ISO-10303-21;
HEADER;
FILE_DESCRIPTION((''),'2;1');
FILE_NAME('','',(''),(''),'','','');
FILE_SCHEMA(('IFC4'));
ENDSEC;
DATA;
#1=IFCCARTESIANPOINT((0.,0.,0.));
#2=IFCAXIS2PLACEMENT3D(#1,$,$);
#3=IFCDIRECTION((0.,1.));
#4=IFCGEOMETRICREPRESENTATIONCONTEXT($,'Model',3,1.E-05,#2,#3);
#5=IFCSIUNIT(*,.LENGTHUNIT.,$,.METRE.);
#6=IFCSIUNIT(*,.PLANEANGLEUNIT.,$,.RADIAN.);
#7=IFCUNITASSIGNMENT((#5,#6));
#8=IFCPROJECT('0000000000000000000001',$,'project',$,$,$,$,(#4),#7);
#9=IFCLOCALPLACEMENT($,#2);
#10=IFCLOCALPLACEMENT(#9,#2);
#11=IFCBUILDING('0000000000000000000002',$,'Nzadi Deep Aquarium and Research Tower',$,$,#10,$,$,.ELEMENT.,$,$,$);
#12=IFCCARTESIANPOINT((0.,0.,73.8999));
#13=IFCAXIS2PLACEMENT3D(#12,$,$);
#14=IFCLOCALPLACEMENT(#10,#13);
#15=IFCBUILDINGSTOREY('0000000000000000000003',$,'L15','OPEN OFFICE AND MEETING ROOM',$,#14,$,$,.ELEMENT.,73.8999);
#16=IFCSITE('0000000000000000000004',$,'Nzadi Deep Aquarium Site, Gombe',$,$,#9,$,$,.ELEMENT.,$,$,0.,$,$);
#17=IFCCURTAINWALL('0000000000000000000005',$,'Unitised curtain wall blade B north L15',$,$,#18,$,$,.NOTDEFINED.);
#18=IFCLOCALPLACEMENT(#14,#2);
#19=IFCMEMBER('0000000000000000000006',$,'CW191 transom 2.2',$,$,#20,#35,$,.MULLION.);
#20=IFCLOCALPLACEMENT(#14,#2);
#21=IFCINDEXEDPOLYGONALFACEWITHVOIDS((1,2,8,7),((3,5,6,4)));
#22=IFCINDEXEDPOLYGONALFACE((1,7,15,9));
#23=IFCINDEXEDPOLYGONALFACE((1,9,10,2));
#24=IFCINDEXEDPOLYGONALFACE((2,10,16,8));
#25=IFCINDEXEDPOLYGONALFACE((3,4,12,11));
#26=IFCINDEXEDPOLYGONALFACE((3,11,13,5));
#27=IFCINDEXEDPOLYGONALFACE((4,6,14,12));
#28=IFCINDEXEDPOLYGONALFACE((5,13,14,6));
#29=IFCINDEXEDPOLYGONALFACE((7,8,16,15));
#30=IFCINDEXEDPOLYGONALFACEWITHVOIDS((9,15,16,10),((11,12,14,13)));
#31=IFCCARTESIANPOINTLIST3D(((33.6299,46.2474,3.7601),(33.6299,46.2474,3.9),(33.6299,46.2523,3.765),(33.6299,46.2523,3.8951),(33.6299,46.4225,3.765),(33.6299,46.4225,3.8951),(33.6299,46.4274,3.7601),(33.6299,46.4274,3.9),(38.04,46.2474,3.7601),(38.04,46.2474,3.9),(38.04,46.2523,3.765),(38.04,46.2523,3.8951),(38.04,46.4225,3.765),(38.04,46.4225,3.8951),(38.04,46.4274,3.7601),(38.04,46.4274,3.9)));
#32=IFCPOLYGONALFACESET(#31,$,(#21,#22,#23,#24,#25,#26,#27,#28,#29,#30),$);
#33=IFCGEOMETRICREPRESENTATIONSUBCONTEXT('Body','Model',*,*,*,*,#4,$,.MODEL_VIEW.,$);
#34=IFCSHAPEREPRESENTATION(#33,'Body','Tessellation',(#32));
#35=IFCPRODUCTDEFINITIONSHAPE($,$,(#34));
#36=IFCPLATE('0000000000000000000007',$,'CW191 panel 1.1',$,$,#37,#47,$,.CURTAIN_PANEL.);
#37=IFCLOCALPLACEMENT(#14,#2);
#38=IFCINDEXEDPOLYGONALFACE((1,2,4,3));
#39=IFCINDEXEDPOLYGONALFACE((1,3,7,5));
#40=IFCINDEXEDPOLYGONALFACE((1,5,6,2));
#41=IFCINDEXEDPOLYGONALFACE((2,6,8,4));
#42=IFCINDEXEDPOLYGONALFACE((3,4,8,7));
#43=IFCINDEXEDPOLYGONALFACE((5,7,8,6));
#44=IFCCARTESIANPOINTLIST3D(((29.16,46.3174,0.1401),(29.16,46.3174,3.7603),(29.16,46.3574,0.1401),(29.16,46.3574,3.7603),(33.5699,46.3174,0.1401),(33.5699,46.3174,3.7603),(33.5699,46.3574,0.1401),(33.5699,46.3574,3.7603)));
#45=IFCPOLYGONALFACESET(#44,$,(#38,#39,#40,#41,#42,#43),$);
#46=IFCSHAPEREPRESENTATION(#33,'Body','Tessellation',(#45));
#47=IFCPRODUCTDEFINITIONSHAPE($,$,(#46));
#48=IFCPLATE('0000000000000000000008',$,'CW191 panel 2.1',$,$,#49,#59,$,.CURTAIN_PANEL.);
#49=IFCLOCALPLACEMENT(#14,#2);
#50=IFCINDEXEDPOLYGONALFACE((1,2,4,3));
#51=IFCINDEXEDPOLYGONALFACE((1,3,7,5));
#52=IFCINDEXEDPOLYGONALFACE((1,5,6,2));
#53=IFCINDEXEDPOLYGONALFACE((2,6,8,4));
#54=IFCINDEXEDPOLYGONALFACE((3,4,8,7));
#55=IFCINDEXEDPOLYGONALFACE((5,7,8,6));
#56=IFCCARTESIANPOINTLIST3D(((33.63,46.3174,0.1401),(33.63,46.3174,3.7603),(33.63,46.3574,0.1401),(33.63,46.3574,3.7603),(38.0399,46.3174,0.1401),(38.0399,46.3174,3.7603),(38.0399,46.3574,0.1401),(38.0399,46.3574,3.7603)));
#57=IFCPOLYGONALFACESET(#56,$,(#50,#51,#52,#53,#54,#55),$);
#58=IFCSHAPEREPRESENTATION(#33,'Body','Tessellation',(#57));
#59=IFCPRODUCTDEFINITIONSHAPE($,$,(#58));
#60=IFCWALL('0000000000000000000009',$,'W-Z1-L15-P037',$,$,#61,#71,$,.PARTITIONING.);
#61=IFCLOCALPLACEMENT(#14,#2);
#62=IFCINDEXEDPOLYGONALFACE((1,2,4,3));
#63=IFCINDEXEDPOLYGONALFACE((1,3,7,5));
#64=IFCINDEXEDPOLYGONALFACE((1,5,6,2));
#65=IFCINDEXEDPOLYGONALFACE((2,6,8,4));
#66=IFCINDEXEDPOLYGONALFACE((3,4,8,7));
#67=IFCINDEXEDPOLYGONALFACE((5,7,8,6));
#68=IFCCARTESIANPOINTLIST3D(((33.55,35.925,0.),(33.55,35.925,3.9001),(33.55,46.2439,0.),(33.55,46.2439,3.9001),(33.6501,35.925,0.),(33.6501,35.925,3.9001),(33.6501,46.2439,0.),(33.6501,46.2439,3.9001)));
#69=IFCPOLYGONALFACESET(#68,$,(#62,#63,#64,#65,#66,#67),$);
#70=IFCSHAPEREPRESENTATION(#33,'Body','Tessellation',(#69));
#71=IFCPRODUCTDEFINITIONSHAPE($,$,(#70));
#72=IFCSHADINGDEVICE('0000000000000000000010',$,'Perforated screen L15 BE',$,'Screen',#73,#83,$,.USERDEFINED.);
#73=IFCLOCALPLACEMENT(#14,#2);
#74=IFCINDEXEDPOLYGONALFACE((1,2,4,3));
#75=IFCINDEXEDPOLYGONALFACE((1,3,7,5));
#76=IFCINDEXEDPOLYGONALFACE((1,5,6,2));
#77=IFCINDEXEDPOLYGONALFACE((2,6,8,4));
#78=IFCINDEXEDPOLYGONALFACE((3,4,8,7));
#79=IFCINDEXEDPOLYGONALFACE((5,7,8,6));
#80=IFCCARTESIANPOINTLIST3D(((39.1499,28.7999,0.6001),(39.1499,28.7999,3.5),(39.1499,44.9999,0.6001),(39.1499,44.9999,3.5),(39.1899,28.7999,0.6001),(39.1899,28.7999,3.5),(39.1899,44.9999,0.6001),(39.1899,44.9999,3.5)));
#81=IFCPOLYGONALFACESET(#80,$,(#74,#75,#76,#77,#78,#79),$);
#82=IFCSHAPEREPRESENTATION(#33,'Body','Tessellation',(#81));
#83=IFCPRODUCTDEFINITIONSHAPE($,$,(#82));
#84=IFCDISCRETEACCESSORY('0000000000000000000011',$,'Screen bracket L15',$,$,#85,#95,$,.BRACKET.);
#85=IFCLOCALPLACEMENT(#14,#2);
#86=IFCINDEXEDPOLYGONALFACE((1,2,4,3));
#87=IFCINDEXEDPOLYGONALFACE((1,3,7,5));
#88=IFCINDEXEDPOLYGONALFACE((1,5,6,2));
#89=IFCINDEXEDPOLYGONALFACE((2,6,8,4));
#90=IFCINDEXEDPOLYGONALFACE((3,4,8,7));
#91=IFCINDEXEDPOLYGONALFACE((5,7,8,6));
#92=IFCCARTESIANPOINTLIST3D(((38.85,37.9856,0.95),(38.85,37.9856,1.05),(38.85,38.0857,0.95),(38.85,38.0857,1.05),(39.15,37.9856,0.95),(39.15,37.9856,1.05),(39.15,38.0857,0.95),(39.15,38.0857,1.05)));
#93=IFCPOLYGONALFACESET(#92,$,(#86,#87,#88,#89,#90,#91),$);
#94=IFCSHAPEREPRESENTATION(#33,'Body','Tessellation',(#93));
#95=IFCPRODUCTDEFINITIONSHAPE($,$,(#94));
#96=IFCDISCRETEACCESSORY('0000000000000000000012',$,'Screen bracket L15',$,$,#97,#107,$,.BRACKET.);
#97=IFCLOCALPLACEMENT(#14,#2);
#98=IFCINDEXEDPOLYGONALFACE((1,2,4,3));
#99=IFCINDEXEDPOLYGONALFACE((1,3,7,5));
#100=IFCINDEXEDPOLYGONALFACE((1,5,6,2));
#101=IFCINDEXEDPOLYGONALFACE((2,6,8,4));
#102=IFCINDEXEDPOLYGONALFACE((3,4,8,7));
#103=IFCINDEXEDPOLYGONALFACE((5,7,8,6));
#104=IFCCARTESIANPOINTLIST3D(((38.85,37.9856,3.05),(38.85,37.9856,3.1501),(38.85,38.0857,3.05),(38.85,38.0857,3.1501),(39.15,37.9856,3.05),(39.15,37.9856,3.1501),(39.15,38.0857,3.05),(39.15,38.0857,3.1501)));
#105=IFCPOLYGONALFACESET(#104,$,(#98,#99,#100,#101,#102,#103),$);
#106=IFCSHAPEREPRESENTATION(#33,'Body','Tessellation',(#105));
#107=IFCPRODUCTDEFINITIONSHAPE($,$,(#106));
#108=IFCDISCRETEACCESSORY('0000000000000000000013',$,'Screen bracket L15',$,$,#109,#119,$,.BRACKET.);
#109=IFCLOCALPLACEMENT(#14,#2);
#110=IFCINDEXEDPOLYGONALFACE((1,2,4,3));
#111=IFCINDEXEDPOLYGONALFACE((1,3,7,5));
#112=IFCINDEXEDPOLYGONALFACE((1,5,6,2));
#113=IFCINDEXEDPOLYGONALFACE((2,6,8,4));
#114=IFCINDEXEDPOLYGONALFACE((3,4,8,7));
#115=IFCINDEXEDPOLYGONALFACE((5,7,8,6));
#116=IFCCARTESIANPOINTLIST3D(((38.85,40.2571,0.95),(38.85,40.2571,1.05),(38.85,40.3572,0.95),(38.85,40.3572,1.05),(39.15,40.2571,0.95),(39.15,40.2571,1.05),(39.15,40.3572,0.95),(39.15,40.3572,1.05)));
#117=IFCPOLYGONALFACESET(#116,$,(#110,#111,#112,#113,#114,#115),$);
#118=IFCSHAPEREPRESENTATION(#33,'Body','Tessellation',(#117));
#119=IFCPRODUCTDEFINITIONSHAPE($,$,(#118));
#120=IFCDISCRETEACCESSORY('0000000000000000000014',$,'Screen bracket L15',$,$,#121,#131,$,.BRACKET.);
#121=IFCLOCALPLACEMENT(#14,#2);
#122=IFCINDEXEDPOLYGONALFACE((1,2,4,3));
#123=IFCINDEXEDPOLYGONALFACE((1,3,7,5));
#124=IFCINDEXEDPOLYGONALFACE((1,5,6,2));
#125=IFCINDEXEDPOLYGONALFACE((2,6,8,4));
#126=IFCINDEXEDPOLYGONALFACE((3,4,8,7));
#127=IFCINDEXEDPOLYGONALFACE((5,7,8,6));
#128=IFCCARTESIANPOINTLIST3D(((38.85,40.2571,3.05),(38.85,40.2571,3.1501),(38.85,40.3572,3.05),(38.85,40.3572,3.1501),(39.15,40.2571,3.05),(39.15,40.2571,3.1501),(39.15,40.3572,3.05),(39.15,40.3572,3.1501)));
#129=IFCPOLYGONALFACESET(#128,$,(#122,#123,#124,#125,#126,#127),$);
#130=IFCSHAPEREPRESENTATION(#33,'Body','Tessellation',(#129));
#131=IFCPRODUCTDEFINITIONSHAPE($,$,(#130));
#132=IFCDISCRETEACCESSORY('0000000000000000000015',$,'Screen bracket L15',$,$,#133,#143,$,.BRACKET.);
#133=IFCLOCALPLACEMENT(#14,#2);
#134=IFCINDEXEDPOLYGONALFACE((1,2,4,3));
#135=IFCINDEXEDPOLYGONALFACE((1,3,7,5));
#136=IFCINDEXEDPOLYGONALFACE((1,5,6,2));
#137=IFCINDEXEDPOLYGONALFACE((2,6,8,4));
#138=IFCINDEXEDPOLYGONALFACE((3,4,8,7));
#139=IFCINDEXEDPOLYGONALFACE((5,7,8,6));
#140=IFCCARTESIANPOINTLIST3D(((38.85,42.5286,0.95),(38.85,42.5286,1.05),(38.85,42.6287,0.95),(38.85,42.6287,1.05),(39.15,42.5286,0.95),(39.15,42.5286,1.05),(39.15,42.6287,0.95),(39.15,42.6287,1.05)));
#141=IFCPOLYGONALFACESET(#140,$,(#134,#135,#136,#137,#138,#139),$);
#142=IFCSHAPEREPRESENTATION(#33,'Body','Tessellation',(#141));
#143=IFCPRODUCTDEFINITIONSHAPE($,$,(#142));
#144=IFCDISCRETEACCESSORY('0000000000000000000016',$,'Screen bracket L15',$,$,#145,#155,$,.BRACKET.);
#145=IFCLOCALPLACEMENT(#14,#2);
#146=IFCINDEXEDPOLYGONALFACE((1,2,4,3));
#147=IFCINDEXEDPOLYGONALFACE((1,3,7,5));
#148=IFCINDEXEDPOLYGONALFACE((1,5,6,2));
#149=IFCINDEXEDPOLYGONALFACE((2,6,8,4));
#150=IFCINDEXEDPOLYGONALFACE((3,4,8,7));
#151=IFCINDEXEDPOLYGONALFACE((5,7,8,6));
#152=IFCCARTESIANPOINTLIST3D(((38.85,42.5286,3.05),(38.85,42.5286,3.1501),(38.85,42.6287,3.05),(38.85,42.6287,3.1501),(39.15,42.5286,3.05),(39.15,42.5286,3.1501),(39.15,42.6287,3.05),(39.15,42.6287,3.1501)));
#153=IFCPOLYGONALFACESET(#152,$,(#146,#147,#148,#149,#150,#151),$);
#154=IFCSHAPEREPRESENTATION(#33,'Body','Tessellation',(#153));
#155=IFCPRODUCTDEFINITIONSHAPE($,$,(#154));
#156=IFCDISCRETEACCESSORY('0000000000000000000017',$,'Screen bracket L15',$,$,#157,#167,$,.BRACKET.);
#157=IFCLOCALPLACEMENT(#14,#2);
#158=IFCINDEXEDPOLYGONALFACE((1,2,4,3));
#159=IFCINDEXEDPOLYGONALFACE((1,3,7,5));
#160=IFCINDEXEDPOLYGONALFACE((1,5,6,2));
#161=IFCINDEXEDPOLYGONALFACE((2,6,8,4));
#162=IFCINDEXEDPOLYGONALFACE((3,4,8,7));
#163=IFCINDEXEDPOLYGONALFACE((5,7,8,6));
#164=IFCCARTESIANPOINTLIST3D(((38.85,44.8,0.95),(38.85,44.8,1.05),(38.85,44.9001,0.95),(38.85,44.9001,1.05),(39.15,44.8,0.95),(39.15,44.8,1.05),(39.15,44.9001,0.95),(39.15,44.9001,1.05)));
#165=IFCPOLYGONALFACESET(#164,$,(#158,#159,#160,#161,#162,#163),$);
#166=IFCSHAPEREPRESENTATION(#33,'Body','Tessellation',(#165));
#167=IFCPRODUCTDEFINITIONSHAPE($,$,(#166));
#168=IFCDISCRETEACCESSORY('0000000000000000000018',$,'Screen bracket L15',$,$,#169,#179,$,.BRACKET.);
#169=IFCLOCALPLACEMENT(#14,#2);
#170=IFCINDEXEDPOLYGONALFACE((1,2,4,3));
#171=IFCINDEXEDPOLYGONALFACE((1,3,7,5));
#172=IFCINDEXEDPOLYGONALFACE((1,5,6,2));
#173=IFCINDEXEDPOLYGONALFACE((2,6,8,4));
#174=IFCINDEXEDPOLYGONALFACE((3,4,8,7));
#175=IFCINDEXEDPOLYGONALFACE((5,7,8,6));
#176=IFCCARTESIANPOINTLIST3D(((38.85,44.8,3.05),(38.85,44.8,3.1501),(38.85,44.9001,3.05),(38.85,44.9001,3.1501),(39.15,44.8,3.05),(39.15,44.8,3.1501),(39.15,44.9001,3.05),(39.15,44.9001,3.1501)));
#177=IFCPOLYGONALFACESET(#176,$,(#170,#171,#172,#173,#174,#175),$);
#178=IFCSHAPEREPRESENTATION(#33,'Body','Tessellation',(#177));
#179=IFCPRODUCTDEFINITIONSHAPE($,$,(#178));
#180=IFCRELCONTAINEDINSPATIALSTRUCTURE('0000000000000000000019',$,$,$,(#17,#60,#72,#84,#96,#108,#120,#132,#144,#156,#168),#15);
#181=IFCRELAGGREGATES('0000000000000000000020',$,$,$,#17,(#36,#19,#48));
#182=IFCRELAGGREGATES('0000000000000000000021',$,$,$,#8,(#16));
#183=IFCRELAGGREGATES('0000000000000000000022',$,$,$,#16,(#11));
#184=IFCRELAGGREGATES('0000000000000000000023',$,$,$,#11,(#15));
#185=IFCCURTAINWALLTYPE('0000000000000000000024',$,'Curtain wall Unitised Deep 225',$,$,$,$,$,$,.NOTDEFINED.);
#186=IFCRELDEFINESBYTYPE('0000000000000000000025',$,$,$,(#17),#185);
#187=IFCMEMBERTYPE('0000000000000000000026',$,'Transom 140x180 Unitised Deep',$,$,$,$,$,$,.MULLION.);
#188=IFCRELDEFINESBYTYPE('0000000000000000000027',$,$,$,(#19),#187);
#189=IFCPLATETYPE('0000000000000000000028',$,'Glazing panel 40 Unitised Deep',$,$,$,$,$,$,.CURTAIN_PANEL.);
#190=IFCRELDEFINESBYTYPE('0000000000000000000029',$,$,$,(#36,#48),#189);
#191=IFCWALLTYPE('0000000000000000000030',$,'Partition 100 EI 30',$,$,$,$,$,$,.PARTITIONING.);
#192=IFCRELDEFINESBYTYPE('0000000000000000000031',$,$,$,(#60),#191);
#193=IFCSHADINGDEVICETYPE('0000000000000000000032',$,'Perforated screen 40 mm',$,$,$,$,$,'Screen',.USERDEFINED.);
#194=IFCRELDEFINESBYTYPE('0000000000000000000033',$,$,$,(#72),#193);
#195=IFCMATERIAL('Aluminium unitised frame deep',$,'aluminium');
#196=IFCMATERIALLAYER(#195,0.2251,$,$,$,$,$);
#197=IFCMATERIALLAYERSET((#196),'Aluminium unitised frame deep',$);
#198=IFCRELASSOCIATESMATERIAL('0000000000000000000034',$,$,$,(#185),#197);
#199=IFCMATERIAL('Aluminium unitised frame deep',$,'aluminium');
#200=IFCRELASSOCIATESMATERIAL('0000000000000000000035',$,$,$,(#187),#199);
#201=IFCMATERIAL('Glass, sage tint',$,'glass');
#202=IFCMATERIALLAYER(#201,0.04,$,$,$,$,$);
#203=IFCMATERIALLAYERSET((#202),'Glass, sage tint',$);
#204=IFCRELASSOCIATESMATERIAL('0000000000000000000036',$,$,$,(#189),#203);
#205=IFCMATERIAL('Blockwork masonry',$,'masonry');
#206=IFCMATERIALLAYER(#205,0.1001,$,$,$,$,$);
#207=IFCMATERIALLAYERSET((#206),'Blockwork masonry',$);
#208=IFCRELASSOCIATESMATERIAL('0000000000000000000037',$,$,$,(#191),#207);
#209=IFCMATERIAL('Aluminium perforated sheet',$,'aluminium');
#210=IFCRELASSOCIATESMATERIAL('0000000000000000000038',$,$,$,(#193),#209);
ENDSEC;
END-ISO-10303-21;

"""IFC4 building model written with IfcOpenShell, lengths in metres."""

from ifc_helpers import new_model, si_unit, direction, frame, frame_2d, origin, origin_2d, place, context, subcontext, project, spatial, rectangle, hollow_rectangle, extrude, material, layer, layer_set, material_profile, profile_set, type_object, element, aggregate, save


model = new_model("IFC4")

# Units and contexts
model_context = context("Model", 3, precision=1e-05, world=origin(), true_north=direction((0.0, 1.0)))
body_context = subcontext(model_context, "Body", "Model", "MODEL_VIEW")
ifc_project = project(units=[si_unit("LENGTHUNIT", "METRE"), si_unit("PLANEANGLEUNIT", "RADIAN")], contexts=[model_context])

# Site, building, storey
site_placement = place(None, origin())
site = spatial("IfcSite", under=ifc_project, at=site_placement, Name="Nzadi Deep Aquarium Site, Gombe", CompositionType="ELEMENT", RefElevation=0.0)
building_placement = place(site_placement, origin())
building = spatial("IfcBuilding", under=site, at=building_placement, Name="Nzadi Deep Aquarium and Research Tower", CompositionType="ELEMENT")
storey_placement = place(building_placement, frame((0.0, 0.0, 73.8999)))
storey = spatial("IfcBuildingStorey", under=building, at=storey_placement, Name="L15", Description="OPEN OFFICE AND MEETING ROOM", CompositionType="ELEMENT", Elevation=73.8999)

# Curtain wall
ifc_material_1 = material(Name="Aluminium unitised frame deep", Category="aluminium")
ifc_layer_1 = layer(ifc_material_1, 0.2251)
ifc_layer_set_1 = layer_set([ifc_layer_1], Name="Aluminium unitised frame deep")
curtain_wall_type = type_object("IfcCurtainWallType", Name="Curtain wall Unitised Deep 225", PredefinedType="NOTDEFINED", material=ifc_layer_set_1)
curtain_wall_placement = place(storey_placement, origin())
curtain_wall = element("IfcCurtainWall", 1, at=curtain_wall_placement, inside=storey, type_object=curtain_wall_type, Name="Unitised curtain wall blade B north L15", PredefinedType="NOTDEFINED")

# Member
ifc_material_2 = material(Name="Aluminium unitised frame deep", Category="aluminium")
ifc_material_profile_1 = material_profile(ifc_material_2, hollow_rectangle(XDim=0.1799, YDim=0.1399, WallThickness=0.0049, at=origin_2d()))
ifc_profile_set_1 = profile_set([ifc_material_profile_1], Name="Aluminium unitised frame deep")
member_type_1 = type_object("IfcMemberType", Name="Transom 140x180 Unitised Deep", PredefinedType="MULLION", material=ifc_profile_set_1)
member_1_placement = place(storey_placement, frame((33.6299, 46.3374, 3.8301), z_axis=(1.0, 0.0, 0.0), x_axis=(0.0, 1.0, 0.0)))
member_1 = element("IfcMember", 2, at=member_1_placement, type_object=member_type_1, Name="CW191 transom 2.2", PredefinedType="MULLION", context=body_context, shape_type="SweptSolid", body=[
    extrude(hollow_rectangle(XDim=0.1799, YDim=0.1399, WallThickness=0.0049, at=origin_2d()), origin(), (0.0, 0.0, 1.0), 4.4102),
])

# Plates
ifc_material_3 = material(Name="Glass, sage tint", Category="glass")
ifc_layer_2 = layer(ifc_material_3, 0.04)
ifc_layer_set_2 = layer_set([ifc_layer_2], Name="Glass, sage tint")
plate_type = type_object("IfcPlateType", Name="Glazing panel 40 Unitised Deep", PredefinedType="CURTAIN_PANEL", material=ifc_layer_set_2)
plate_1_placement = place(storey_placement, frame((31.365, 46.3374, 0.1401), z_axis=(0.0, 0.0, 1.0), x_axis=(1.0, 0.0, 0.0)))
plate_1 = element("IfcPlate", 3, at=plate_1_placement, type_object=plate_type, Name="CW191 panel 1.1", PredefinedType="CURTAIN_PANEL", context=body_context, shape_type="SweptSolid", body=[
    extrude(rectangle(XDim=4.4099, YDim=0.04, at=origin_2d()), origin(), (0.0, 0.0, 1.0), 3.6201),
])
plate_2_placement = place(storey_placement, frame((35.835, 46.3374, 0.1401), z_axis=(0.0, 0.0, 1.0), x_axis=(1.0, 0.0, 0.0)))
plate_2 = element("IfcPlate", 4, at=plate_2_placement, type_object=plate_type, Name="CW191 panel 2.1", PredefinedType="CURTAIN_PANEL", context=body_context, shape_type="SweptSolid", body=[
    extrude(rectangle(XDim=4.4099, YDim=0.04, at=origin_2d()), origin(), (0.0, 0.0, 1.0), 3.6201),
])
aggregate(curtain_wall, [plate_1, member_1, plate_2])

# Wall
ifc_material_4 = material(Name="Blockwork masonry", Category="masonry")
ifc_layer_3 = layer(ifc_material_4, 0.1001)
ifc_layer_set_3 = layer_set([ifc_layer_3], Name="Blockwork masonry")
wall_type = type_object("IfcWallType", Name="Partition 100 EI 30", PredefinedType="PARTITIONING", material=ifc_layer_set_3)
wall_placement = place(storey_placement, frame((33.6001, 35.925, 0.0), z_axis=(0.0, 0.0, 1.0), x_axis=(0.0, 1.0, 0.0)))
element("IfcWall", 5, at=wall_placement, inside=storey, type_object=wall_type, Name="W-Z1-L15-P037", PredefinedType="PARTITIONING", context=body_context, shape_type="SweptSolid", body=[
    extrude(rectangle(XDim=10.3188, YDim=0.1001, at=frame_2d((5.1594, 0.0))), origin(), (0.0, 0.0, 1.0), 3.9001),
])

# Shading device
ifc_material_5 = material(Name="Aluminium perforated sheet", Category="aluminium")
shading_device_type = type_object("IfcShadingDeviceType", Name="Perforated screen 40 mm", ElementType="Screen", PredefinedType="USERDEFINED", material=ifc_material_5)
shading_device_placement = place(storey_placement, frame((39.1699, 36.8999, 0.6001), z_axis=(0.0, 0.0, 1.0), x_axis=(1.0, 0.0, 0.0)))
element("IfcShadingDevice", 6, at=shading_device_placement, inside=storey, type_object=shading_device_type, Name="Perforated screen L15 BE", ObjectType="Screen", PredefinedType="USERDEFINED", context=body_context, shape_type="SweptSolid", body=[
    extrude(rectangle(XDim=0.04, YDim=16.2, at=origin_2d()), origin(), (0.0, 0.0, 1.0), 2.8999),
])

# Discrete accessories
for number, where, z_axis, x_axis, name in (
    (7, (39.0, 38.0356, 0.95), (0.0, 0.0, 1.0), (1.0, 0.0, 0.0), "Screen bracket L15"),
    (8, (39.0, 38.0356, 3.05), (0.0, 0.0, 1.0), (1.0, 0.0, 0.0), "Screen bracket L15"),
    (9, (39.0, 40.3071, 0.95), (0.0, 0.0, 1.0), (1.0, 0.0, 0.0), "Screen bracket L15"),
    (10, (39.0, 40.3071, 3.05), (0.0, 0.0, 1.0), (1.0, 0.0, 0.0), "Screen bracket L15"),
    (11, (39.0, 42.5786, 0.95), (0.0, 0.0, 1.0), (1.0, 0.0, 0.0), "Screen bracket L15"),
    (12, (39.0, 42.5786, 3.05), (0.0, 0.0, 1.0), (1.0, 0.0, 0.0), "Screen bracket L15"),
    (13, (39.0, 44.8501, 0.95), (0.0, 0.0, 1.0), (1.0, 0.0, 0.0), "Screen bracket L15"),
    (14, (39.0, 44.8501, 3.05), (0.0, 0.0, 1.0), (1.0, 0.0, 0.0), "Screen bracket L15"),
):
    element("IfcDiscreteAccessory", number, at=place(storey_placement, frame(where, z_axis=z_axis, x_axis=x_axis)), inside=storey, Name=name, PredefinedType="BRACKET", context=body_context, shape_type="SweptSolid", body=[
        extrude(rectangle(XDim=0.3, YDim=0.1001, at=origin_2d()), origin(), (0.0, 0.0, 1.0), 0.1001),
    ])

save(model, "model.ifc")
